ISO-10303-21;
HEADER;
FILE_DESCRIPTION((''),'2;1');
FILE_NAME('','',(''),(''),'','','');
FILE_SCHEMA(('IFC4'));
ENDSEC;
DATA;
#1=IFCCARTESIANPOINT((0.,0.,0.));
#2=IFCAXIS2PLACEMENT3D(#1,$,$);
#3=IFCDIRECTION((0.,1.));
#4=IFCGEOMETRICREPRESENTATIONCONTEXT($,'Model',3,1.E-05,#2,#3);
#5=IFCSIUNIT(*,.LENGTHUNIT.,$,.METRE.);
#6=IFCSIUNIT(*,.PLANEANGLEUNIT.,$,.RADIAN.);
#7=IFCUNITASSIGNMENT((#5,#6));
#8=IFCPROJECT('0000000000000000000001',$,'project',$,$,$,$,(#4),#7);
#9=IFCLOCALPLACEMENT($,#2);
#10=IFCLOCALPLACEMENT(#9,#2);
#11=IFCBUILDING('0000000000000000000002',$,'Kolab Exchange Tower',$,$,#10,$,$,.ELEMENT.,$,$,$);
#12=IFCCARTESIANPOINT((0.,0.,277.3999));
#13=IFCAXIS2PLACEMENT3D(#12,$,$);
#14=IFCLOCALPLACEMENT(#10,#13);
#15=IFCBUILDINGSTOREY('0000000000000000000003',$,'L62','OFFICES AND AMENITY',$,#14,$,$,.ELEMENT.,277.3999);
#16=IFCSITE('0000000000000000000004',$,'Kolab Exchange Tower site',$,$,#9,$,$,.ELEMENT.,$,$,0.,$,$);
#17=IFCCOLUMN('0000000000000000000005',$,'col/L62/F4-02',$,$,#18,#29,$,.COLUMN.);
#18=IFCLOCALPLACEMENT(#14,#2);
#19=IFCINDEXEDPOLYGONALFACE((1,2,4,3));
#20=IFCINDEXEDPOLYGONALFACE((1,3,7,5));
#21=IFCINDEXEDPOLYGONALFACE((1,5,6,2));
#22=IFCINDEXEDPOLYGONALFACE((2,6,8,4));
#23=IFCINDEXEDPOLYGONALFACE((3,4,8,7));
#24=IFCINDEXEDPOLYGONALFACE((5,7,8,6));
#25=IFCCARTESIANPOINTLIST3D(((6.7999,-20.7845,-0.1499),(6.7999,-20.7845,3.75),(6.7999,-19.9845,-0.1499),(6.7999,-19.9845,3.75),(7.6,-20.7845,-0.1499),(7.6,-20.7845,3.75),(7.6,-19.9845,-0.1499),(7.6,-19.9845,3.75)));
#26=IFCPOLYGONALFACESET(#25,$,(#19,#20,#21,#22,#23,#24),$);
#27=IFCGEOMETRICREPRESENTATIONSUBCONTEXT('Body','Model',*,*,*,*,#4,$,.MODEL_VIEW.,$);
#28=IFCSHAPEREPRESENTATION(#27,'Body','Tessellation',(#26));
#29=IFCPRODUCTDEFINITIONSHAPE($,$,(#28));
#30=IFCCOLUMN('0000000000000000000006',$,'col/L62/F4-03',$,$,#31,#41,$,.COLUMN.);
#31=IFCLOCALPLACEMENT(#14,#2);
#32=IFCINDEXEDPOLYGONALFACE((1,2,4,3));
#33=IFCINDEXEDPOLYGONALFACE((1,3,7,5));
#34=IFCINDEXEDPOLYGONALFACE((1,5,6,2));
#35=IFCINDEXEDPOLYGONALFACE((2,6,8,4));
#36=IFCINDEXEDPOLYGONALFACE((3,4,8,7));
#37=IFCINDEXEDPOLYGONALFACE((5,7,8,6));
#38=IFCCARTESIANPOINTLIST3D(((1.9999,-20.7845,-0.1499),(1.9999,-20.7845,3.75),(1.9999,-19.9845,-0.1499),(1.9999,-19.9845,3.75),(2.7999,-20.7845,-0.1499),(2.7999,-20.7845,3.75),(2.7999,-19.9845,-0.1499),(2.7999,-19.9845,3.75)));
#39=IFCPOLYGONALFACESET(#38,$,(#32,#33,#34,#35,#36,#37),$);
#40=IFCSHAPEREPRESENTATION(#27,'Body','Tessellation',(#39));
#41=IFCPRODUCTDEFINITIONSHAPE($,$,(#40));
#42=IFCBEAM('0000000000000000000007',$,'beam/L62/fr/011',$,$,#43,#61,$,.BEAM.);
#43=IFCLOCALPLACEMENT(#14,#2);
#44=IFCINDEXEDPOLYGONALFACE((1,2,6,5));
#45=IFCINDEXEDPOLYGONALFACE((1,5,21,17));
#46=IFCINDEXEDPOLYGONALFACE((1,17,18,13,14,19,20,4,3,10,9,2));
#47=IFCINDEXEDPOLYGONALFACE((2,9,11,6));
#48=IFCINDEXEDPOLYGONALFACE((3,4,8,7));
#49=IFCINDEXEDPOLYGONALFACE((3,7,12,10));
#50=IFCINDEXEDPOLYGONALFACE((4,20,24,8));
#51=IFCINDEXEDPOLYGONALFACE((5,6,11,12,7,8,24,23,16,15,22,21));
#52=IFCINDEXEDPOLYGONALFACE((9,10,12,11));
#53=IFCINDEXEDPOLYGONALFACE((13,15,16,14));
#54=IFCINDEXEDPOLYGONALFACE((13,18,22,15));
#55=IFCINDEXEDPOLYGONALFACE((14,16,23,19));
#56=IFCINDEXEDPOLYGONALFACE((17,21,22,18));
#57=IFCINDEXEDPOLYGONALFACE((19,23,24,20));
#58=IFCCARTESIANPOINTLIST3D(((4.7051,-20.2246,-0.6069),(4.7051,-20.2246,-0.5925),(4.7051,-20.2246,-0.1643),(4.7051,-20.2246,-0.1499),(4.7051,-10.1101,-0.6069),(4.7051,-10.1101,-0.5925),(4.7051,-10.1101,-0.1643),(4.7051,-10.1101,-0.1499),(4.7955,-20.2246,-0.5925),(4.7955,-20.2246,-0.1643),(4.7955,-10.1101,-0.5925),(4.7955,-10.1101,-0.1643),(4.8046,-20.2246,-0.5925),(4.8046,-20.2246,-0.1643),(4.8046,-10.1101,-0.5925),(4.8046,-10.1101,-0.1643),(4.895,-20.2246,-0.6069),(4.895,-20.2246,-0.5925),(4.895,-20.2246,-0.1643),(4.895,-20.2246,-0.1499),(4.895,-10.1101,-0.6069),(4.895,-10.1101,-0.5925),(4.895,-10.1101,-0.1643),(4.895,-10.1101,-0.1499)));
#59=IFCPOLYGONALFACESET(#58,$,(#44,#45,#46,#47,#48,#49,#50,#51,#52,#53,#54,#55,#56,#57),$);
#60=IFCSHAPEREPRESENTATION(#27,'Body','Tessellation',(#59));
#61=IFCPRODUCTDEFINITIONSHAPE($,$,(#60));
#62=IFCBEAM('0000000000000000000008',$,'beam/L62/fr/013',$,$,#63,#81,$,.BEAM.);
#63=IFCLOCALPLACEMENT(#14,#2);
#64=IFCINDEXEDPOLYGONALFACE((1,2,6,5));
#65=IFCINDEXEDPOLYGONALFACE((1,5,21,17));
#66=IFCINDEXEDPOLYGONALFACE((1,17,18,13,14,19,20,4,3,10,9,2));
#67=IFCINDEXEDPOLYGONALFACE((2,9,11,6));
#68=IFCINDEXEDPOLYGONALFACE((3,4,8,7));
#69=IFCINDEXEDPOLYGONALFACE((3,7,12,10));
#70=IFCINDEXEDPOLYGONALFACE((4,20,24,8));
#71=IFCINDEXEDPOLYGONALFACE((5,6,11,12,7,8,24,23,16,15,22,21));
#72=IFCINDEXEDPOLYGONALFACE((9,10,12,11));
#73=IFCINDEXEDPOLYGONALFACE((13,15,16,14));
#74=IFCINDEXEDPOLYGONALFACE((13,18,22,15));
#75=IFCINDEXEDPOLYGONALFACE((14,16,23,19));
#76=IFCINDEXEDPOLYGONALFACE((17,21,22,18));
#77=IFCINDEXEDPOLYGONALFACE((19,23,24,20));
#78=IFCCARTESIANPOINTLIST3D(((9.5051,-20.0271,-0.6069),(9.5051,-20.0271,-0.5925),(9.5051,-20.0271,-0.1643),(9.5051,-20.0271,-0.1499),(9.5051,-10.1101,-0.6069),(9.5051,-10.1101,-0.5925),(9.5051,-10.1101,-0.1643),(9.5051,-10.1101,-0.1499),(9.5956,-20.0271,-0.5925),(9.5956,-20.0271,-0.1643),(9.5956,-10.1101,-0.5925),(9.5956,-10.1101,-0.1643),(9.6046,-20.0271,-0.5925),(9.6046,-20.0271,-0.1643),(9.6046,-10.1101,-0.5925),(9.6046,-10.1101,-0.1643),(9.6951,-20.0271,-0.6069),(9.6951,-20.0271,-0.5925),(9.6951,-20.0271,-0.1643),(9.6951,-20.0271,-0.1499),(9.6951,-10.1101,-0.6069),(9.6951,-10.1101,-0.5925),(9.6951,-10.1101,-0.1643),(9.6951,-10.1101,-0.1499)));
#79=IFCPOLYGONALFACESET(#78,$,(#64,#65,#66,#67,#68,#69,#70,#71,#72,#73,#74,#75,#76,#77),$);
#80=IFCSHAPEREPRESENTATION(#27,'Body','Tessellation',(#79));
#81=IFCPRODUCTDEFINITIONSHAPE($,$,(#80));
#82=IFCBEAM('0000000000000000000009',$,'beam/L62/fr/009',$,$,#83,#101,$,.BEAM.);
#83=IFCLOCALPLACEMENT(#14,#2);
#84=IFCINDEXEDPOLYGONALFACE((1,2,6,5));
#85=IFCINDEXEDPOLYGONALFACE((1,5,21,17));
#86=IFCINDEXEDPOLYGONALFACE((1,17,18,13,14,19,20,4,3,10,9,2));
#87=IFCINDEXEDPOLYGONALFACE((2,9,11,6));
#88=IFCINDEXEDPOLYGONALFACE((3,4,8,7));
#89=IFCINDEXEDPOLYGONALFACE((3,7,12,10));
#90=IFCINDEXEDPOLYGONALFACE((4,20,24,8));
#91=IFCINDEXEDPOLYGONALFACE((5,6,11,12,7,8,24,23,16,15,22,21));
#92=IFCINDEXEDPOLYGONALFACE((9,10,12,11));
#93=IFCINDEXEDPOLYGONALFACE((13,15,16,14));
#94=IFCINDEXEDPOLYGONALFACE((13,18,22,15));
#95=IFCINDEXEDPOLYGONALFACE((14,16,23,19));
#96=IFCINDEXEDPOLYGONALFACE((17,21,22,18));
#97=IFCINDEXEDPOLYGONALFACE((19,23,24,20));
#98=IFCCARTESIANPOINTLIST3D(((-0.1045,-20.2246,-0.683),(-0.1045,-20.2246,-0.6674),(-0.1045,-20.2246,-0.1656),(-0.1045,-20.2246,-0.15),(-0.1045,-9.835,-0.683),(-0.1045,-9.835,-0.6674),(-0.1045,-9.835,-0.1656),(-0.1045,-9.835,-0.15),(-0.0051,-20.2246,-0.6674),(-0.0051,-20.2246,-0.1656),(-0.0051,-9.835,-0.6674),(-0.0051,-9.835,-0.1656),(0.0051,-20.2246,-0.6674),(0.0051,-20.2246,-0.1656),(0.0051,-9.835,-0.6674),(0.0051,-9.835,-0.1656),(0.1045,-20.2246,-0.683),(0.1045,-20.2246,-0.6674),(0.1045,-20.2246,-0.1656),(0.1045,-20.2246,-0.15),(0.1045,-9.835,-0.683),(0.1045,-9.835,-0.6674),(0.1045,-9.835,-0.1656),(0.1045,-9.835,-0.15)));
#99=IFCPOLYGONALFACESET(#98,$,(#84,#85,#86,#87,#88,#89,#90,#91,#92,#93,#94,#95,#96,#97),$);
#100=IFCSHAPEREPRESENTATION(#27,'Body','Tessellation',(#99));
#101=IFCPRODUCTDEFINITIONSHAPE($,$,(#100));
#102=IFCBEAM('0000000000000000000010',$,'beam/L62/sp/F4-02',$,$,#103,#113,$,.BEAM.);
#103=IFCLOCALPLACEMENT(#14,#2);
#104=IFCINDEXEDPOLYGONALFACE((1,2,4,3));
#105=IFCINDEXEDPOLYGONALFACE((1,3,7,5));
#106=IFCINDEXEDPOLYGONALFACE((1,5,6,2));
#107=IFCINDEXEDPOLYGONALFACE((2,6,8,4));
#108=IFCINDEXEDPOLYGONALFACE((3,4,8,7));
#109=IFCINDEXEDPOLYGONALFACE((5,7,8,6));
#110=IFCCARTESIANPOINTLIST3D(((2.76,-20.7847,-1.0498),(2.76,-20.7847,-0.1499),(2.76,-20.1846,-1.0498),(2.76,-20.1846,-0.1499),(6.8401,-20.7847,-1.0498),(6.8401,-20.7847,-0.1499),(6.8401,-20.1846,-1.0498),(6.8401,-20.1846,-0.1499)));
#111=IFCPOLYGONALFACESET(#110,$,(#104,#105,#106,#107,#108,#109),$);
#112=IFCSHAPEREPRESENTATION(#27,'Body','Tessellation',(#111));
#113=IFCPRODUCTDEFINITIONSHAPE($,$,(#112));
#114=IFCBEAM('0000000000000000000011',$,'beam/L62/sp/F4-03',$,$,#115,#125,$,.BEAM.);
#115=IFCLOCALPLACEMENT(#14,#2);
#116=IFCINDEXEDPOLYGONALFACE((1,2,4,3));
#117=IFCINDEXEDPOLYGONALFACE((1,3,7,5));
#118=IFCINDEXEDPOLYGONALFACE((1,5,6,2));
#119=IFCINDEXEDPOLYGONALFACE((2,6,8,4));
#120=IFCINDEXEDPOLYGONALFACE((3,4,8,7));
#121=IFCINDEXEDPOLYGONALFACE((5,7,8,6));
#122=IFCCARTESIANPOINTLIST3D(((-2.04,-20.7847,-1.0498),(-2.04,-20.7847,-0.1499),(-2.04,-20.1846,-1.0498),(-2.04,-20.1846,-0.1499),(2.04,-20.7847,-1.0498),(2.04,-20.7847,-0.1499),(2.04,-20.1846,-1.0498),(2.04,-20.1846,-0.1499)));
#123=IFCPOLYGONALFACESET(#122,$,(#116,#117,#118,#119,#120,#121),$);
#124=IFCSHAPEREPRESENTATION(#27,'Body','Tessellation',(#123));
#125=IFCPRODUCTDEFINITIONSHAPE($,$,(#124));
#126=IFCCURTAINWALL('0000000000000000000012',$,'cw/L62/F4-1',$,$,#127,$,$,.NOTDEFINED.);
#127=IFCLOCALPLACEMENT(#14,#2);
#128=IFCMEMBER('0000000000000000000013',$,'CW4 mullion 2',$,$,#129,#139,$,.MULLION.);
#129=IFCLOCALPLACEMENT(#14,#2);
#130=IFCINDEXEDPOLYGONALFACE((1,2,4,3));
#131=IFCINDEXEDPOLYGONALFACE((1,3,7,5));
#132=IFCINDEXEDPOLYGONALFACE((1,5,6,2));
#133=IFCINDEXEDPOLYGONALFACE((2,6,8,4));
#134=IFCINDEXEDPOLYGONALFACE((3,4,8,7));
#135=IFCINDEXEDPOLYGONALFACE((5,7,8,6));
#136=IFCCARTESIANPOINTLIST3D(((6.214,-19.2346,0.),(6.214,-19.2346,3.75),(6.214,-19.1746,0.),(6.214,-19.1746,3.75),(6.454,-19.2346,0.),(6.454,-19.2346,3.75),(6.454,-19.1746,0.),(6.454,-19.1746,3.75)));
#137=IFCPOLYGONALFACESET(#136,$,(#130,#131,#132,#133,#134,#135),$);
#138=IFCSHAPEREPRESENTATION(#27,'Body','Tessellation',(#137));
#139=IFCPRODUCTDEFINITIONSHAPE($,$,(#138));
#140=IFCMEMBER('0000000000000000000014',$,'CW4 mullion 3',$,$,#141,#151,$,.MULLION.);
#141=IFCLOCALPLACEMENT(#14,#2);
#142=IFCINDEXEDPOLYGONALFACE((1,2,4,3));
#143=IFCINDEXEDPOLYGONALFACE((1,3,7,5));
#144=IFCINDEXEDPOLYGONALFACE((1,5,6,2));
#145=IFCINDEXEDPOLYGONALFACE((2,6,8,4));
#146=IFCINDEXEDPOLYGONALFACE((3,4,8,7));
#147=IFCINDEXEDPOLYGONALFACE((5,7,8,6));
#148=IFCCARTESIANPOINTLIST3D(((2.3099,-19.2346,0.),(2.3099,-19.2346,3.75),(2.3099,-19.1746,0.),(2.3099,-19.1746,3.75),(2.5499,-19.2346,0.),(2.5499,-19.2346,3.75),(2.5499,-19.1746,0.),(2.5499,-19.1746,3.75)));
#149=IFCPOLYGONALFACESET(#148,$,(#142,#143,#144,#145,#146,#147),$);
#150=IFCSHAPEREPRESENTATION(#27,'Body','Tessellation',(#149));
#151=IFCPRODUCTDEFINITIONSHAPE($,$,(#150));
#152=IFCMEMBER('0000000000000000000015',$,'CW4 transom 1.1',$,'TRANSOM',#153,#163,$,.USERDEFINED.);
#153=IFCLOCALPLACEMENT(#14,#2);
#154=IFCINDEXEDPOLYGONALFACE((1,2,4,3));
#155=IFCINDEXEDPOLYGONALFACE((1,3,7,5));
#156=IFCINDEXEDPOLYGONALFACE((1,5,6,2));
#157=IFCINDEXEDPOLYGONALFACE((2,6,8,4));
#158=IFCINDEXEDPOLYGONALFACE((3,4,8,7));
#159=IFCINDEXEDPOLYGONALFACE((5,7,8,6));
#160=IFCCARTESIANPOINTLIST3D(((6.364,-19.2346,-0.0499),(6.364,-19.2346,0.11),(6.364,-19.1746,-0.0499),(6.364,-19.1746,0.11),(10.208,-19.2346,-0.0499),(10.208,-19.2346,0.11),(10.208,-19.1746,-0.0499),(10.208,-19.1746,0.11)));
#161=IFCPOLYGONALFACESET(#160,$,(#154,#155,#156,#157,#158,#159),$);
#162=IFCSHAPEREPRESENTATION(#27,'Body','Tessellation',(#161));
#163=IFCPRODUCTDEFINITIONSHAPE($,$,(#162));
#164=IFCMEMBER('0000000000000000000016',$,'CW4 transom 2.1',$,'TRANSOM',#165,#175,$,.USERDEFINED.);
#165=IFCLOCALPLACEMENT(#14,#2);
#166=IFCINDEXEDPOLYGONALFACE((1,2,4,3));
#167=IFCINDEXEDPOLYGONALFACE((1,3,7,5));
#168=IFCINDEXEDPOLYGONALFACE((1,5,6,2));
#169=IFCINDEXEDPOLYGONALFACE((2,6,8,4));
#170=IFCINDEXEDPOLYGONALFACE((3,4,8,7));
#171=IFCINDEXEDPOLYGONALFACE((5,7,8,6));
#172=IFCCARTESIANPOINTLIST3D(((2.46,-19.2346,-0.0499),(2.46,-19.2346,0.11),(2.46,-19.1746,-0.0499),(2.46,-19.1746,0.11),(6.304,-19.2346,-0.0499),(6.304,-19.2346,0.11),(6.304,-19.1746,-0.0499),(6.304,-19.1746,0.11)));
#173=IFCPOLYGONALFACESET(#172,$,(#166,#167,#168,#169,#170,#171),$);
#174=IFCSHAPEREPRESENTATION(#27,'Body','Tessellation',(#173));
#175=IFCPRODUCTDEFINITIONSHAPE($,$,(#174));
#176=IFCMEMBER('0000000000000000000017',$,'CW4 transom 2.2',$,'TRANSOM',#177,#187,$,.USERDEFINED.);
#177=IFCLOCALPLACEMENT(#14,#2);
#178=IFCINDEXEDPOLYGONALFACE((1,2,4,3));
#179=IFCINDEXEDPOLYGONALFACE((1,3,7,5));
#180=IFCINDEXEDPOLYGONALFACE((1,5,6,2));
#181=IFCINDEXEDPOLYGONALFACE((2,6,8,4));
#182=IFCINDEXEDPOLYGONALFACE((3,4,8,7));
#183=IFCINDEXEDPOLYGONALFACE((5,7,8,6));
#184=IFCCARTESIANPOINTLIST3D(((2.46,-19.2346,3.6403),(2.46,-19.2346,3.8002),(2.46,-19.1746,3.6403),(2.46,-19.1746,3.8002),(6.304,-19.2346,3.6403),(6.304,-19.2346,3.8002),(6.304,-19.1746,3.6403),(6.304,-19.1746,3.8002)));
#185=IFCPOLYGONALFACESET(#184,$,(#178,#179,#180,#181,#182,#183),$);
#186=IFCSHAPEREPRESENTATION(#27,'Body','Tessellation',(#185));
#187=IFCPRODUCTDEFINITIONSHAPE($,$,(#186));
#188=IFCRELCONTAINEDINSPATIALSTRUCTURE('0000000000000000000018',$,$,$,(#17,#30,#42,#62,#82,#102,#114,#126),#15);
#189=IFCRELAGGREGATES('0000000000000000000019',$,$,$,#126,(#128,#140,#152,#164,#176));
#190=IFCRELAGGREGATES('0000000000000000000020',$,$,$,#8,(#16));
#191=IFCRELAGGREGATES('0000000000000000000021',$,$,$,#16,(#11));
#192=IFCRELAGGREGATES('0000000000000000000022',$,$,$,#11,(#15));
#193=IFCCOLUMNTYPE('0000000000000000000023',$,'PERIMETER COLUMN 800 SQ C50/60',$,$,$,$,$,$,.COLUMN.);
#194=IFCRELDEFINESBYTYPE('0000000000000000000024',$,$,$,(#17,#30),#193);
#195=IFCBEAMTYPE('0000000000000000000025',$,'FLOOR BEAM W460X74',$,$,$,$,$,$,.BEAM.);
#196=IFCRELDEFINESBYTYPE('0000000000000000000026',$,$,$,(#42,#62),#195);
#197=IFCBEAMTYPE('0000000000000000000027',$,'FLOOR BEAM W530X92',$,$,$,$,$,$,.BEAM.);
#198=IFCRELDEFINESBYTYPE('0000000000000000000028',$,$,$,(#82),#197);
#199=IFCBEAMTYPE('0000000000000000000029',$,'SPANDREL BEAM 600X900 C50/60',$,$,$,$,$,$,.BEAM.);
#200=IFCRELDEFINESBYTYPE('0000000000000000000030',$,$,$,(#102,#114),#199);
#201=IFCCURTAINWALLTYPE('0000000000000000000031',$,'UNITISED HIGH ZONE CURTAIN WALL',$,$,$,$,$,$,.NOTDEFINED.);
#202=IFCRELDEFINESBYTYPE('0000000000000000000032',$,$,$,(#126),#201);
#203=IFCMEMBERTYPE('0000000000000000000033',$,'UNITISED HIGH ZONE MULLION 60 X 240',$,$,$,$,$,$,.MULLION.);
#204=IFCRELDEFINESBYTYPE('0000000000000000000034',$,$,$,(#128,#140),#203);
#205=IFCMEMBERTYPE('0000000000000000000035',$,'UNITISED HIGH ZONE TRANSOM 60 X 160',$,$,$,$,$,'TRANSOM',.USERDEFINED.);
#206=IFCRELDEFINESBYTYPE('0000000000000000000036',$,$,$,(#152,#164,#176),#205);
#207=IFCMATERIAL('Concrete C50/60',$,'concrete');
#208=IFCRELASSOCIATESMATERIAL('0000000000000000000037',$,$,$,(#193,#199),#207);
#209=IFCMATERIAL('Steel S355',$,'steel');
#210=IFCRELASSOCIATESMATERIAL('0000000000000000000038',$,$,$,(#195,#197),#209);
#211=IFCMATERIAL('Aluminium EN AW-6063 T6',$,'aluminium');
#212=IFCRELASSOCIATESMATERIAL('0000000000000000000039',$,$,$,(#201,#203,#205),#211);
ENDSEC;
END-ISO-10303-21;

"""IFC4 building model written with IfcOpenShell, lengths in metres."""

from ifc_helpers import new_model, si_unit, direction, frame, origin, origin_2d, place, context, subcontext, project, spatial, rectangle, i_section, extrude, material, material_profile, profile_set, type_object, element, aggregate, save


model = new_model("IFC4")

# Units and contexts
model_context = context("Model", 3, precision=1e-05, world=origin(), true_north=direction((0.0, 1.0)))
body_context = subcontext(model_context, "Body", "Model", "MODEL_VIEW")
ifc_project = project(units=[si_unit("LENGTHUNIT", "METRE"), si_unit("PLANEANGLEUNIT", "RADIAN")], contexts=[model_context])

# Site, building, storey
site_placement = place(None, origin())
site = spatial("IfcSite", under=ifc_project, at=site_placement, Name="Kolab Exchange Tower site", CompositionType="ELEMENT", RefElevation=0.0)
building_placement = place(site_placement, origin())
building = spatial("IfcBuilding", under=site, at=building_placement, Name="Kolab Exchange Tower", CompositionType="ELEMENT")
storey_placement = place(building_placement, frame((0.0, 0.0, 277.3999)))
storey = spatial("IfcBuildingStorey", under=building, at=storey_placement, Name="L62", Description="OFFICES AND AMENITY", CompositionType="ELEMENT", Elevation=277.3999)

# Columns
ifc_material_1 = material(Name="Concrete C50/60", Category="concrete")
ifc_material_profile_1 = material_profile(ifc_material_1, rectangle(XDim=0.8, YDim=0.8, at=origin_2d()), Name="RC800")
ifc_profile_set_1 = profile_set([ifc_material_profile_1], Name="Concrete C50/60")
column_type = type_object("IfcColumnType", Name="PERIMETER COLUMN 800 SQ C50/60", PredefinedType="COLUMN", material=ifc_profile_set_1)
for number, where, z_axis, x_axis, name in (
    (1, (7.2, -20.3845, -0.1499), (0.0, 0.0, 1.0), (1.0, 0.0, 0.0), "col/L62/F4-02"),
    (2, (2.3999, -20.3845, -0.1499), (0.0, 0.0, 1.0), (1.0, 0.0, 0.0), "col/L62/F4-03"),
):
    element("IfcColumn", number, at=place(storey_placement, frame(where, z_axis=z_axis, x_axis=x_axis)), inside=storey, type_object=column_type, Name=name, PredefinedType="COLUMN", context=body_context, shape_type="SweptSolid", body=[
        extrude(rectangle(XDim=0.8, YDim=0.8, at=origin_2d()), origin(), (0.0, 0.0, 1.0), 3.8999),
    ])

# Beams
ifc_material_2 = material(Name="Steel S355", Category="steel")
ifc_material_profile_2 = material_profile(ifc_material_2, i_section(OverallWidth=0.1899, OverallDepth=0.457, WebThickness=0.009, FlangeThickness=0.0144, at=origin_2d()), Name="W460X74")
ifc_profile_set_2 = profile_set([ifc_material_profile_2], Name="Steel S355")
beam_type_1 = type_object("IfcBeamType", Name="FLOOR BEAM W460X74", PredefinedType="BEAM", material=ifc_profile_set_2)
beam_1_placement = place(storey_placement, frame((4.8, -20.2246, -0.3784), z_axis=(0.0, 1.0, 0.0), x_axis=(-1.0, 0.0, 0.0)))
element("IfcBeam", 3, at=beam_1_placement, inside=storey, type_object=beam_type_1, Name="beam/L62/fr/011", PredefinedType="BEAM", context=body_context, shape_type="SweptSolid", body=[
    extrude(i_section(OverallWidth=0.1899, OverallDepth=0.457, WebThickness=0.009, FlangeThickness=0.0144, at=origin_2d()), origin(), (0.0, 0.0, 1.0), 10.1145),
])
beam_2_placement = place(storey_placement, frame((9.6001, -20.0271, -0.3784), z_axis=(0.0, 1.0, 0.0), x_axis=(-1.0, 0.0, 0.0)))
element("IfcBeam", 4, at=beam_2_placement, inside=storey, type_object=beam_type_1, Name="beam/L62/fr/013", PredefinedType="BEAM", context=body_context, shape_type="SweptSolid", body=[
    extrude(i_section(OverallWidth=0.1899, OverallDepth=0.457, WebThickness=0.009, FlangeThickness=0.0144, at=origin_2d()), origin(), (0.0, 0.0, 1.0), 9.917),
])
ifc_material_profile_3 = material_profile(ifc_material_2, i_section(OverallWidth=0.209, OverallDepth=0.533, WebThickness=0.0103, FlangeThickness=0.0156, at=origin_2d()), Name="W530X92")
ifc_profile_set_3 = profile_set([ifc_material_profile_3], Name="Steel S355")
beam_type_2 = type_object("IfcBeamType", Name="FLOOR BEAM W530X92", PredefinedType="BEAM", material=ifc_profile_set_3)
beam_3_placement = place(storey_placement, frame((0.0, -20.2246, -0.4165), z_axis=(0.0, 1.0, 0.0), x_axis=(-1.0, 0.0, 0.0)))
element("IfcBeam", 5, at=beam_3_placement, inside=storey, type_object=beam_type_2, Name="beam/L62/fr/009", PredefinedType="BEAM", context=body_context, shape_type="SweptSolid", body=[
    extrude(i_section(OverallWidth=0.209, OverallDepth=0.533, WebThickness=0.0103, FlangeThickness=0.0156, at=origin_2d()), origin(), (0.0, 0.0, 1.0), 10.3896),
])
ifc_material_profile_4 = material_profile(ifc_material_1, rectangle(XDim=0.6001, YDim=0.8999, at=origin_2d()), Name="RC600X900")
ifc_profile_set_4 = profile_set([ifc_material_profile_4], Name="Concrete C50/60")
beam_type_3 = type_object("IfcBeamType", Name="SPANDREL BEAM 600X900 C50/60", PredefinedType="BEAM", material=ifc_profile_set_4)
for number, where, z_axis, x_axis, name in (
    (6, (6.8401, -20.4846, -0.5999), (-1.0, 0.0, 0.0), (0.0, -1.0, 0.0), "beam/L62/sp/F4-02"),
    (7, (2.04, -20.4846, -0.5999), (-1.0, 0.0, 0.0), (0.0, -1.0, 0.0), "beam/L62/sp/F4-03"),
):
    element("IfcBeam", number, at=place(storey_placement, frame(where, z_axis=z_axis, x_axis=x_axis)), inside=storey, type_object=beam_type_3, Name=name, PredefinedType="BEAM", context=body_context, shape_type="SweptSolid", body=[
        extrude(rectangle(XDim=0.6001, YDim=0.8999, at=origin_2d()), origin(), (0.0, 0.0, 1.0), 4.0801),
    ])

# Curtain wall, members
ifc_material_3 = material(Name="Aluminium EN AW-6063 T6", Category="aluminium")
curtain_wall_type = type_object("IfcCurtainWallType", Name="UNITISED HIGH ZONE CURTAIN WALL", PredefinedType="NOTDEFINED", material=ifc_material_3)
curtain_wall_placement = place(storey_placement, origin())
curtain_wall = element("IfcCurtainWall", 8, at=curtain_wall_placement, inside=storey, type_object=curtain_wall_type, Name="cw/L62/F4-1", PredefinedType="NOTDEFINED")
ifc_material_profile_5 = material_profile(ifc_material_3, rectangle(XDim=0.0601, YDim=0.24, at=origin_2d()), Name="RECT 60X240")
ifc_profile_set_5 = profile_set([ifc_material_profile_5], Name="Aluminium EN AW-6063 T6")
member_type_1 = type_object("IfcMemberType", Name="UNITISED HIGH ZONE MULLION 60 X 240", PredefinedType="MULLION", material=ifc_profile_set_5)
member_1_placement = place(storey_placement, frame((6.334, -19.2046, 0.0), z_axis=(0.0, 0.0, 1.0), x_axis=(0.0, -1.0, 0.0)))
member_1 = element("IfcMember", 9, at=member_1_placement, type_object=member_type_1, Name="CW4 mullion 2", PredefinedType="MULLION", context=body_context, shape_type="SweptSolid", body=[
    extrude(rectangle(XDim=0.0601, YDim=0.24, at=origin_2d()), origin(), (0.0, 0.0, 1.0), 3.75),
])
member_2_placement = place(storey_placement, frame((2.4299, -19.2046, 0.0), z_axis=(0.0, 0.0, 1.0), x_axis=(0.0, -1.0, 0.0)))
member_2 = element("IfcMember", 10, at=member_2_placement, type_object=member_type_1, Name="CW4 mullion 3", PredefinedType="MULLION", context=body_context, shape_type="SweptSolid", body=[
    extrude(rectangle(XDim=0.0601, YDim=0.24, at=origin_2d()), origin(), (0.0, 0.0, 1.0), 3.75),
])
ifc_material_profile_6 = material_profile(ifc_material_3, rectangle(XDim=0.0601, YDim=0.1599, at=origin_2d()), Name="RECT 60X160")
ifc_profile_set_6 = profile_set([ifc_material_profile_6], Name="Aluminium EN AW-6063 T6")
member_type_2 = type_object("IfcMemberType", Name="UNITISED HIGH ZONE TRANSOM 60 X 160", ElementType="TRANSOM", PredefinedType="USERDEFINED", material=ifc_profile_set_6)
member_3_placement = place(storey_placement, frame((10.208, -19.2046, 0.03), z_axis=(-1.0, 0.0, 0.0), x_axis=(0.0, -1.0, 0.0)))
member_3 = element("IfcMember", 11, at=member_3_placement, type_object=member_type_2, Name="CW4 transom 1.1", ObjectType="TRANSOM", PredefinedType="USERDEFINED", context=body_context, shape_type="SweptSolid", body=[
    extrude(rectangle(XDim=0.0601, YDim=0.1599, at=origin_2d()), origin(), (0.0, 0.0, 1.0), 3.844),
])
member_4_placement = place(storey_placement, frame((6.304, -19.2046, 0.03), z_axis=(-1.0, 0.0, 0.0), x_axis=(0.0, -1.0, 0.0)))
member_4 = element("IfcMember", 12, at=member_4_placement, type_object=member_type_2, Name="CW4 transom 2.1", ObjectType="TRANSOM", PredefinedType="USERDEFINED", context=body_context, shape_type="SweptSolid", body=[
    extrude(rectangle(XDim=0.0601, YDim=0.1599, at=origin_2d()), origin(), (0.0, 0.0, 1.0), 3.844),
])
member_5_placement = place(storey_placement, frame((6.304, -19.2046, 3.7202), z_axis=(-1.0, 0.0, 0.0), x_axis=(0.0, -1.0, 0.0)))
member_5 = element("IfcMember", 13, at=member_5_placement, type_object=member_type_2, Name="CW4 transom 2.2", ObjectType="TRANSOM", PredefinedType="USERDEFINED", context=body_context, shape_type="SweptSolid", body=[
    extrude(rectangle(XDim=0.0601, YDim=0.1599, at=origin_2d()), origin(), (0.0, 0.0, 1.0), 3.844),
])
aggregate(curtain_wall, [member_1, member_2, member_3, member_4, member_5])

save(model, "model.ifc")
